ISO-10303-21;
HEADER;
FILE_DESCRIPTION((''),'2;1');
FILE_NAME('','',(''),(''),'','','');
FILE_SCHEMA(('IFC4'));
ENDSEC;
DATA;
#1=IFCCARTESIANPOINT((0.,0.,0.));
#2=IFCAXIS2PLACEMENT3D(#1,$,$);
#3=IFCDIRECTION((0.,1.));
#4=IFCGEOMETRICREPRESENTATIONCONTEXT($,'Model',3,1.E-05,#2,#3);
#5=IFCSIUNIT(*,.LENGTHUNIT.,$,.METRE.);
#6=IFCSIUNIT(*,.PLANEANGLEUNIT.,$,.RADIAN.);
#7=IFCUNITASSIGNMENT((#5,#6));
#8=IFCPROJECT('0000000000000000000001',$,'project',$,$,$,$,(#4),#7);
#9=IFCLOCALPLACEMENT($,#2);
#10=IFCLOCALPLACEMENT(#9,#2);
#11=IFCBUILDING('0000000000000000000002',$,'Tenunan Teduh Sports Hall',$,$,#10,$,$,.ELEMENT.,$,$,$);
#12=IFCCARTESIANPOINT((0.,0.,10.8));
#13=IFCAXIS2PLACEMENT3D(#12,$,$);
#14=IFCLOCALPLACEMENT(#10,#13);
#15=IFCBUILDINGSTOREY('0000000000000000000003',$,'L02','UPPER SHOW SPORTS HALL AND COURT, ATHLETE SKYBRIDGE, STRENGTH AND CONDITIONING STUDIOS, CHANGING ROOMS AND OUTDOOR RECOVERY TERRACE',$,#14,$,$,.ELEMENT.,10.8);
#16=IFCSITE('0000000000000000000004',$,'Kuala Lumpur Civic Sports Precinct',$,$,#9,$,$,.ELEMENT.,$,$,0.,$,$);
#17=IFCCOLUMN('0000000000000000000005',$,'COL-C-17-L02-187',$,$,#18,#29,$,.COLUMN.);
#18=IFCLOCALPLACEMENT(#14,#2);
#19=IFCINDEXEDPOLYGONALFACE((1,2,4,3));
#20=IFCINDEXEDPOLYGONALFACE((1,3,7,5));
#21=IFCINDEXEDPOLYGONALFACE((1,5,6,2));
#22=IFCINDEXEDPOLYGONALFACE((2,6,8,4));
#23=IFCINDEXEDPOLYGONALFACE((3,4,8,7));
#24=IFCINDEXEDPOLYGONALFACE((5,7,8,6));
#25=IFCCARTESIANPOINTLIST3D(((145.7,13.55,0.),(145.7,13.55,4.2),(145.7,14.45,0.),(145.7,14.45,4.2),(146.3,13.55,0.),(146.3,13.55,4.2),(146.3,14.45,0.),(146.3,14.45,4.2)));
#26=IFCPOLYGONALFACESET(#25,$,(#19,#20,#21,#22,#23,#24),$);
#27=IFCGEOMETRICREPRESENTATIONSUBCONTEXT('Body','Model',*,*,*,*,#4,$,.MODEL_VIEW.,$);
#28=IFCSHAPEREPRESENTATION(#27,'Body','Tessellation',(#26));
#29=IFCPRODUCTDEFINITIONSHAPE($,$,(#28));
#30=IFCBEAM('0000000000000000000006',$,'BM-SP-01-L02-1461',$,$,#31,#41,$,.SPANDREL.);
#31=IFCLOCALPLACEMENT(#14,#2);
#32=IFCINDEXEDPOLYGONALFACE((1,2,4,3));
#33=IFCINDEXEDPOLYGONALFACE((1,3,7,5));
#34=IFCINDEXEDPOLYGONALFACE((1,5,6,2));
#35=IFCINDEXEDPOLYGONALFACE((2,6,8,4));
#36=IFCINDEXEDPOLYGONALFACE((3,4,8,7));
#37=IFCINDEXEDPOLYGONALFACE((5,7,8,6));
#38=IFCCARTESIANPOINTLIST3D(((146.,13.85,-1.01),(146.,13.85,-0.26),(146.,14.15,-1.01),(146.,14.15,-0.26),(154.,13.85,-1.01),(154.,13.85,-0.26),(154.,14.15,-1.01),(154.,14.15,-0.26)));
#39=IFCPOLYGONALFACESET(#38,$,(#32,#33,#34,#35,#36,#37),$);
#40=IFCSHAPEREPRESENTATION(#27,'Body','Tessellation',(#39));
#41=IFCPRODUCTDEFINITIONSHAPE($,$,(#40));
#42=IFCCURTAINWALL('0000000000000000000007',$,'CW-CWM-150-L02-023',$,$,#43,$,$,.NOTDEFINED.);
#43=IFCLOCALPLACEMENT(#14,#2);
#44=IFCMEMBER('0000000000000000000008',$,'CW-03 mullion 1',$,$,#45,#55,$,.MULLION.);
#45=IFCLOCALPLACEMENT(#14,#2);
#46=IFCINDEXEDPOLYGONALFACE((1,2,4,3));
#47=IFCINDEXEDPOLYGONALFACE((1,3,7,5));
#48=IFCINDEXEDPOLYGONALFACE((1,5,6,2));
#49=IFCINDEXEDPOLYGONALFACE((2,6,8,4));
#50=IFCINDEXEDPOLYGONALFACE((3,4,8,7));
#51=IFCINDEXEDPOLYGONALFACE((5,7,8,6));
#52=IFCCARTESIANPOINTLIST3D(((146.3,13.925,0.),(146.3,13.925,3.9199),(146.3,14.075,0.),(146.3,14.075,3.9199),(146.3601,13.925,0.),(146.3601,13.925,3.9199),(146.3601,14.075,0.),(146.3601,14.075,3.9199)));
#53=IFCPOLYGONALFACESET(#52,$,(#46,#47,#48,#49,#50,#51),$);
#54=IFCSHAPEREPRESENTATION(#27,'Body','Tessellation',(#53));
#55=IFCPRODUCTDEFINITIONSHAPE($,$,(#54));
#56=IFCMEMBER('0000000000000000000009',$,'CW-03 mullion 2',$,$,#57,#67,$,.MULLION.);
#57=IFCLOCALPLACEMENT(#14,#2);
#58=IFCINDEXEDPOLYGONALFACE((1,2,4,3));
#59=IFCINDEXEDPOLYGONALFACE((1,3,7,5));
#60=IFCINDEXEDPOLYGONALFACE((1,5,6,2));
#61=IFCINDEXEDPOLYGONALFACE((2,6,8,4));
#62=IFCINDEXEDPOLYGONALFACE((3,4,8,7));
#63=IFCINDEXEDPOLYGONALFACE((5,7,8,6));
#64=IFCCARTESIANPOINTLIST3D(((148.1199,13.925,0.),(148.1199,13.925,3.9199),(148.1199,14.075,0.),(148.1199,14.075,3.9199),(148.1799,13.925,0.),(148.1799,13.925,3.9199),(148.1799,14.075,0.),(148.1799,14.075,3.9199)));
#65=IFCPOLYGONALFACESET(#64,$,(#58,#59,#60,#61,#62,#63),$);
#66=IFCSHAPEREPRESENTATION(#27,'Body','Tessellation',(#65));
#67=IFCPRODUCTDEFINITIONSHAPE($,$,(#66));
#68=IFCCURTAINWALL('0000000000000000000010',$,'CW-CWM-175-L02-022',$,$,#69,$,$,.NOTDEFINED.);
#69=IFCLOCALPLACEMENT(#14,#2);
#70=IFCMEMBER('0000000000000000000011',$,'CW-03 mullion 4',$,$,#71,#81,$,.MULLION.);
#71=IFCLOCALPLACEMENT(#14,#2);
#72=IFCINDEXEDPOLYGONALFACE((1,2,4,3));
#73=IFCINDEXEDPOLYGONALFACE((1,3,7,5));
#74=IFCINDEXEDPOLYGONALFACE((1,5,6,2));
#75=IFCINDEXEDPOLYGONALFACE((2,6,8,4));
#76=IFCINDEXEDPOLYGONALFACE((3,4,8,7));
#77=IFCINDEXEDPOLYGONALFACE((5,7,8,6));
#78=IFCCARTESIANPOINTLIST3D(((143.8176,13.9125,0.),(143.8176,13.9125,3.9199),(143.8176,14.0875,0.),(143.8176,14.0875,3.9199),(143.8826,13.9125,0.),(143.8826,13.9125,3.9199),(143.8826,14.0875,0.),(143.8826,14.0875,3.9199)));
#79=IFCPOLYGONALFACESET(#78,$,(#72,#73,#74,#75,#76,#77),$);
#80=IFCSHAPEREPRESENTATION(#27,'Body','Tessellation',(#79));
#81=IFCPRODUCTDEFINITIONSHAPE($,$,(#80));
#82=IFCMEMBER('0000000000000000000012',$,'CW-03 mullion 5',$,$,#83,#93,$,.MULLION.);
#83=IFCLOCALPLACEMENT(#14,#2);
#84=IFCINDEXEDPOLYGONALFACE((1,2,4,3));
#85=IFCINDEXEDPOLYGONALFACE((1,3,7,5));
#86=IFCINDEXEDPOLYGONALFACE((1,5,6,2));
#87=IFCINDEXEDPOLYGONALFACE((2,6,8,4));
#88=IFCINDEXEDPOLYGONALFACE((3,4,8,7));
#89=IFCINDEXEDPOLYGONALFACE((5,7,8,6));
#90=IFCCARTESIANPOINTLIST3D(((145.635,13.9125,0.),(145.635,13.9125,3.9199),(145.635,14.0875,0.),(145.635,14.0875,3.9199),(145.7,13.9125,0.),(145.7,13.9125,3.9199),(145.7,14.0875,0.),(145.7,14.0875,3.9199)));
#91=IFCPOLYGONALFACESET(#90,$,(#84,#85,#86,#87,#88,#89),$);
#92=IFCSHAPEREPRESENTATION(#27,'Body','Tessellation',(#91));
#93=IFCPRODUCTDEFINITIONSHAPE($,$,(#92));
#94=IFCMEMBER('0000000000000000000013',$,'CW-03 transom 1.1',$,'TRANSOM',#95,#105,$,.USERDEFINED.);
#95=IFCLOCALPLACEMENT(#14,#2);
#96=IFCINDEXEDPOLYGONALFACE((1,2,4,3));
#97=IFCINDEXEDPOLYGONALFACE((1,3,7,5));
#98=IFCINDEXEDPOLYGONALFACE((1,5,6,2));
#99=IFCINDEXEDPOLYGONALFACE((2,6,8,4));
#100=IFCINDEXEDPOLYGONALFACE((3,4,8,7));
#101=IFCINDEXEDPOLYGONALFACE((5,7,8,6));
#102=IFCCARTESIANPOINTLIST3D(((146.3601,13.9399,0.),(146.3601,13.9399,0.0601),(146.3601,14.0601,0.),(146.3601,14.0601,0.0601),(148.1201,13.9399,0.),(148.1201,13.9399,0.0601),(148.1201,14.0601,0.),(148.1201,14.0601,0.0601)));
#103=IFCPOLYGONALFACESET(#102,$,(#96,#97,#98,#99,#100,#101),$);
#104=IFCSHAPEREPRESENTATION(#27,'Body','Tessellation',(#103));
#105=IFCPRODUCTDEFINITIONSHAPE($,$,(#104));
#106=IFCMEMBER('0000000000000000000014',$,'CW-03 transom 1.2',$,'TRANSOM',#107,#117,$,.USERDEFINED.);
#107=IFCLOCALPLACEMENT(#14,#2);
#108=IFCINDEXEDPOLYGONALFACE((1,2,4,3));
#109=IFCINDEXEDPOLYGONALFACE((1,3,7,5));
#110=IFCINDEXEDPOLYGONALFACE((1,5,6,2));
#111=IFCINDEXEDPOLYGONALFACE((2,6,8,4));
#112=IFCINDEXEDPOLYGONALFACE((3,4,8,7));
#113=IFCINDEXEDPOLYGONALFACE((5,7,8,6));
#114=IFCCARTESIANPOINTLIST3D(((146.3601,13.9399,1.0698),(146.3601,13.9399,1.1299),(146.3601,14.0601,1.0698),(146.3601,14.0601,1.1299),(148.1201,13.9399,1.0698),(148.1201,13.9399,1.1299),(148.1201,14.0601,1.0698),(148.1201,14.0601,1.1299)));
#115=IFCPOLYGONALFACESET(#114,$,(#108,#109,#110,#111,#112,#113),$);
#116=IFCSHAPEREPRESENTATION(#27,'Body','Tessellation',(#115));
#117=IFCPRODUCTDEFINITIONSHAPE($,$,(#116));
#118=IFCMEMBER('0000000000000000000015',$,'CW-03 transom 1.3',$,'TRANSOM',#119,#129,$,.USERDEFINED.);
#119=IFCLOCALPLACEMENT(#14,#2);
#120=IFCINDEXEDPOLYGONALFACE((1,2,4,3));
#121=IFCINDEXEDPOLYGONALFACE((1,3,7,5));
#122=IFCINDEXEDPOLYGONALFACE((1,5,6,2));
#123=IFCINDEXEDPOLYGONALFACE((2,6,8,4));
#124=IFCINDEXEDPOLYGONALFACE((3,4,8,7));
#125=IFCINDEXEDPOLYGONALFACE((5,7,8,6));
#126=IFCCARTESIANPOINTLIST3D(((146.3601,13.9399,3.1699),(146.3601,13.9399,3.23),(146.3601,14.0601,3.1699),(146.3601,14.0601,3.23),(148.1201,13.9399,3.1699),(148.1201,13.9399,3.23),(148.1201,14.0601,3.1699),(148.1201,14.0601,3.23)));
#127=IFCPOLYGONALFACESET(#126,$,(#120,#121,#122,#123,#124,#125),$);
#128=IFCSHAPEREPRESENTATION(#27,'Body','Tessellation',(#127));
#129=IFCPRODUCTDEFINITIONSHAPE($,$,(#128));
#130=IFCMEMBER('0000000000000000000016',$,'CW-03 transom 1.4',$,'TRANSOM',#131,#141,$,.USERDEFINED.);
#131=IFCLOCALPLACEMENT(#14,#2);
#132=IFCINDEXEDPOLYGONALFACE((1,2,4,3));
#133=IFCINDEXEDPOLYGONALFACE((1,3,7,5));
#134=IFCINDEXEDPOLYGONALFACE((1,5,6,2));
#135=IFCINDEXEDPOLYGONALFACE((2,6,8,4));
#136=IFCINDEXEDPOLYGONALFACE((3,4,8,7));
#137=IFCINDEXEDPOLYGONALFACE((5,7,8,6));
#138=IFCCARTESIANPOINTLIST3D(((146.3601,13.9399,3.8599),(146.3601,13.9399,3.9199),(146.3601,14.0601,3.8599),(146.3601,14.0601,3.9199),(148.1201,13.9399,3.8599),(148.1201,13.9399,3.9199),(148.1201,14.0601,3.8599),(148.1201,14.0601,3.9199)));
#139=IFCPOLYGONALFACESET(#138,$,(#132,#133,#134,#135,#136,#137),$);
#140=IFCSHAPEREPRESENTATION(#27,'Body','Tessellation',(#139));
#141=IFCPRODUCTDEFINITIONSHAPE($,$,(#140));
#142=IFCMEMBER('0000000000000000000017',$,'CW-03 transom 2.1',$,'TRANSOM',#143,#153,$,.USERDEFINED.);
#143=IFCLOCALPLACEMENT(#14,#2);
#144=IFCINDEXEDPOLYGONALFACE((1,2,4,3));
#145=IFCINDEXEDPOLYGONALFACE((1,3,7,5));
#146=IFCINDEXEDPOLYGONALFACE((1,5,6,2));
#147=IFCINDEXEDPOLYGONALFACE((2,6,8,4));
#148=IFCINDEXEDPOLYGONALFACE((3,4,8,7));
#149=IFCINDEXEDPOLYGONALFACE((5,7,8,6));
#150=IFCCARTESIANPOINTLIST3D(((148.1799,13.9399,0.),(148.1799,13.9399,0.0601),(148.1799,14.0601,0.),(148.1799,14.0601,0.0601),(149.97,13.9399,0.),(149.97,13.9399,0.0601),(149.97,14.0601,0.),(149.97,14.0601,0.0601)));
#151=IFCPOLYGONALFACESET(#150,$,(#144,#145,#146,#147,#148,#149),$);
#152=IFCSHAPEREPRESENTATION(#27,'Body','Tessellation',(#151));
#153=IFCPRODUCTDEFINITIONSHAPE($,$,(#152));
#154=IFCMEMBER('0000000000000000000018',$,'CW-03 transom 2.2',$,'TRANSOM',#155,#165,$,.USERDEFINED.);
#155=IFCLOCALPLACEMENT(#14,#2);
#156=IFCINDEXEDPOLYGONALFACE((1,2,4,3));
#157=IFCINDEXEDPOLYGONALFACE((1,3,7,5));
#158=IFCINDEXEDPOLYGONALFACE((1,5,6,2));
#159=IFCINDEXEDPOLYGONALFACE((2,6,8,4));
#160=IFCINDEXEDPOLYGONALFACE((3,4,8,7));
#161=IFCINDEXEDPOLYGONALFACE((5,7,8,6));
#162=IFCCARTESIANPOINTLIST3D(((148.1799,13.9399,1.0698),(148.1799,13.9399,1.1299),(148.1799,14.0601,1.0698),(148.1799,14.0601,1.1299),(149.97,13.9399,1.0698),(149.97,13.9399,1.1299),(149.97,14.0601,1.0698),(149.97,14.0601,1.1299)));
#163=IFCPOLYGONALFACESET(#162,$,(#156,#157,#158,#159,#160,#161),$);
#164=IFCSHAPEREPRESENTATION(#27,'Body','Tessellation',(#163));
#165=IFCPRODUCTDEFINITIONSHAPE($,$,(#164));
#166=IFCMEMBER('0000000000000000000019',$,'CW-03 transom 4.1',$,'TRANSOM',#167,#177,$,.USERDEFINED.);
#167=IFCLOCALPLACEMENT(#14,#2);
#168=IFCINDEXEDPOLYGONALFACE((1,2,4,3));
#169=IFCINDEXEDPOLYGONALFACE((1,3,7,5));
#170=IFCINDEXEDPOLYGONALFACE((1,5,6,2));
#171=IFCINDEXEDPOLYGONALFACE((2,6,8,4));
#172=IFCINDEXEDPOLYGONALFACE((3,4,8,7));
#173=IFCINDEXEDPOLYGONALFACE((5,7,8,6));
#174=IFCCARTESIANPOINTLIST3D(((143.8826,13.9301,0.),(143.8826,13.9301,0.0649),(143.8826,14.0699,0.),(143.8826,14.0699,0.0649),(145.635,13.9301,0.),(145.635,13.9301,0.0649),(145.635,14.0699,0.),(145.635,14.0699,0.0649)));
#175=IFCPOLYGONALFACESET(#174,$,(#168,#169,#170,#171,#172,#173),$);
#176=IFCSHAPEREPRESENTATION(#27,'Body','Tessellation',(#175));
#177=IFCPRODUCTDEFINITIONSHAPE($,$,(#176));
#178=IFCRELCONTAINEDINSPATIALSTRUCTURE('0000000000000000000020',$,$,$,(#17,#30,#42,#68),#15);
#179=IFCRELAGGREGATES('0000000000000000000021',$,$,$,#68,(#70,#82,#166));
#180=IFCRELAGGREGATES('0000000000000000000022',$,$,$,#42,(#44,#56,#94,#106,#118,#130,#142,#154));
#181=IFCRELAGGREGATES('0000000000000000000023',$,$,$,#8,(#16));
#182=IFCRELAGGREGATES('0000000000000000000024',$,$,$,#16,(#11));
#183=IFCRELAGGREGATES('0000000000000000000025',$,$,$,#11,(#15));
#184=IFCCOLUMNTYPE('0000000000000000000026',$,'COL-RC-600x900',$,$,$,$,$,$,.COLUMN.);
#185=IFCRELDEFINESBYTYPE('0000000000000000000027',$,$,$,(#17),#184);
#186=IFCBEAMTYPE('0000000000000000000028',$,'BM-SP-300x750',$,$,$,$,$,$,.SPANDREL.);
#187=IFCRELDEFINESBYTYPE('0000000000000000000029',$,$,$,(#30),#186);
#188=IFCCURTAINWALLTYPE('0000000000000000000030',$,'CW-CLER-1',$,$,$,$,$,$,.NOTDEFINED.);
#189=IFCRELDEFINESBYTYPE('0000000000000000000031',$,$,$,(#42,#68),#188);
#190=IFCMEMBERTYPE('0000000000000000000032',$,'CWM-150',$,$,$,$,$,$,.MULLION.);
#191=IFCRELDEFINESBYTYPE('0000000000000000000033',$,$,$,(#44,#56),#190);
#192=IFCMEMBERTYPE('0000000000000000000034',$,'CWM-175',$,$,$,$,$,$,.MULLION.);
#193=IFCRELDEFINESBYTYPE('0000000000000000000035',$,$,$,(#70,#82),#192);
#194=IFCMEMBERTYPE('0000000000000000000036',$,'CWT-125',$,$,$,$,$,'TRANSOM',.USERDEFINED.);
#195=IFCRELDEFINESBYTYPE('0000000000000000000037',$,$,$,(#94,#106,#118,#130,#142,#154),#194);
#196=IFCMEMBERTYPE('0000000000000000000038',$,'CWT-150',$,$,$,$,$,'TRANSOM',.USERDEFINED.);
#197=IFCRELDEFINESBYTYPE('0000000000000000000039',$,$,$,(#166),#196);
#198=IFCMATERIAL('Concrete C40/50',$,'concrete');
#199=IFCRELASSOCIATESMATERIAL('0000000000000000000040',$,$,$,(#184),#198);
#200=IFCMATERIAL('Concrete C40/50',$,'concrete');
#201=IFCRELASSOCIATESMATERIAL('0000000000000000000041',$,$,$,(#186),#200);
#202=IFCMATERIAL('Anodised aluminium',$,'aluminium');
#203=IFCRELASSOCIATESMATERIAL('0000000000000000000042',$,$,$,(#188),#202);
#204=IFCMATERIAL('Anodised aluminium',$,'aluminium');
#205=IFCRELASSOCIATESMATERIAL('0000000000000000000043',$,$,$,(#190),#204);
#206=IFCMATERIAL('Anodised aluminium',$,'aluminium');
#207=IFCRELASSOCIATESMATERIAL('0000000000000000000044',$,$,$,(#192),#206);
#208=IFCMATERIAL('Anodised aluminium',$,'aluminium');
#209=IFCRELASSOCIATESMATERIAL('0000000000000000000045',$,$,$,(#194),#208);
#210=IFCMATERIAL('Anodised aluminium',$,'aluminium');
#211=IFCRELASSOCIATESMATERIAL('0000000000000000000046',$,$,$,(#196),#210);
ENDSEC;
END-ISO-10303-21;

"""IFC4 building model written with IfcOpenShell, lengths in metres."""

from ifc_helpers import new_model, si_unit, direction, frame, origin, origin_2d, place, context, subcontext, project, spatial, rectangle, extrude, material, material_profile, profile_set, type_object, element, aggregate, save


model = new_model("IFC4")

# Units and contexts
model_context = context("Model", 3, precision=1e-05, world=origin(), true_north=direction((0.0, 1.0)))
body_context = subcontext(model_context, "Body", "Model", "MODEL_VIEW")
ifc_project = project(units=[si_unit("LENGTHUNIT", "METRE"), si_unit("PLANEANGLEUNIT", "RADIAN")], contexts=[model_context])

# Site, building, storey
site_placement = place(None, origin())
site = spatial("IfcSite", under=ifc_project, at=site_placement, Name="Kuala Lumpur Civic Sports Precinct", CompositionType="ELEMENT", RefElevation=0.0)
building_placement = place(site_placement, origin())
building = spatial("IfcBuilding", under=site, at=building_placement, Name="Tenunan Teduh Sports Hall", CompositionType="ELEMENT")
storey_placement = place(building_placement, frame((0.0, 0.0, 10.8)))
storey = spatial("IfcBuildingStorey", under=building, at=storey_placement, Name="L02", Description="UPPER SHOW SPORTS HALL AND COURT, ATHLETE SKYBRIDGE, STRENGTH AND CONDITIONING STUDIOS, CHANGING ROOMS AND OUTDOOR RECOVERY TERRACE", CompositionType="ELEMENT", Elevation=10.8)

# Column
ifc_material_1 = material(Name="Concrete C40/50", Category="concrete")
ifc_material_profile_1 = material_profile(ifc_material_1, rectangle(XDim=0.6001, YDim=0.8999, at=origin_2d()), Name="RC 600x900")
ifc_profile_set_1 = profile_set([ifc_material_profile_1], Name="Concrete C40/50")
column_type = type_object("IfcColumnType", Name="COL-RC-600x900", PredefinedType="COLUMN", material=ifc_profile_set_1)
column_placement = place(storey_placement, frame((146.0, 14.0, 0.0), z_axis=(0.0, 0.0, 1.0), x_axis=(1.0, 0.0, 0.0)))
element("IfcColumn", 1, at=column_placement, inside=storey, type_object=column_type, Name="COL-C-17-L02-187", PredefinedType="COLUMN", context=body_context, shape_type="SweptSolid", body=[
    extrude(rectangle(XDim=0.6001, YDim=0.8999, at=origin_2d()), origin(), (0.0, 0.0, 1.0), 4.2),
])

# Beam
ifc_material_2 = material(Name="Concrete C40/50", Category="concrete")
ifc_material_profile_2 = material_profile(ifc_material_2, rectangle(XDim=0.3, YDim=0.75, at=origin_2d()), Name="SPB 300x750")
ifc_profile_set_2 = profile_set([ifc_material_profile_2], Name="Concrete C40/50")
beam_type = type_object("IfcBeamType", Name="BM-SP-300x750", PredefinedType="SPANDREL", material=ifc_profile_set_2)
beam_placement = place(storey_placement, frame((146.0, 14.0, -0.635), z_axis=(1.0, 0.0, 0.0), x_axis=(0.0, 1.0, 0.0)))
element("IfcBeam", 2, at=beam_placement, inside=storey, type_object=beam_type, Name="BM-SP-01-L02-1461", PredefinedType="SPANDREL", context=body_context, shape_type="SweptSolid", body=[
    extrude(rectangle(XDim=0.3, YDim=0.75, at=origin_2d()), origin(), (0.0, 0.0, 1.0), 8.0),
])

# Curtain walls, members
ifc_material_3 = material(Name="Anodised aluminium", Category="aluminium")
curtain_wall_type = type_object("IfcCurtainWallType", Name="CW-CLER-1", PredefinedType="NOTDEFINED", material=ifc_material_3)
curtain_wall_1_placement = place(storey_placement, origin())
curtain_wall_1 = element("IfcCurtainWall", 3, at=curtain_wall_1_placement, inside=storey, type_object=curtain_wall_type, Name="CW-CWM-150-L02-023", PredefinedType="NOTDEFINED")
ifc_material_4 = material(Name="Anodised aluminium", Category="aluminium")
ifc_material_profile_3 = material_profile(ifc_material_4, rectangle(XDim=0.0601, YDim=0.1499, at=origin_2d()), Name="CWM 60x150")
ifc_profile_set_3 = profile_set([ifc_material_profile_3], Name="Anodised aluminium")
member_type_1 = type_object("IfcMemberType", Name="CWM-150", PredefinedType="MULLION", material=ifc_profile_set_3)
member_1_placement = place(storey_placement, frame((146.3301, 14.0, 0.0), z_axis=(0.0, 0.0, 1.0), x_axis=(1.0, 0.0, 0.0)))
member_1 = element("IfcMember", 4, at=member_1_placement, type_object=member_type_1, Name="CW-03 mullion 1", PredefinedType="MULLION", context=body_context, shape_type="SweptSolid", body=[
    extrude(rectangle(XDim=0.0601, YDim=0.1499, at=origin_2d()), origin(), (0.0, 0.0, 1.0), 3.9199),
])
member_2_placement = place(storey_placement, frame((148.1499, 14.0, 0.0), z_axis=(0.0, 0.0, 1.0), x_axis=(1.0, 0.0, 0.0)))
member_2 = element("IfcMember", 5, at=member_2_placement, type_object=member_type_1, Name="CW-03 mullion 2", PredefinedType="MULLION", context=body_context, shape_type="SweptSolid", body=[
    extrude(rectangle(XDim=0.0601, YDim=0.1499, at=origin_2d()), origin(), (0.0, 0.0, 1.0), 3.9199),
])
curtain_wall_2_placement = place(storey_placement, origin())
curtain_wall_2 = element("IfcCurtainWall", 6, at=curtain_wall_2_placement, inside=storey, type_object=curtain_wall_type, Name="CW-CWM-175-L02-022", PredefinedType="NOTDEFINED")
ifc_material_5 = material(Name="Anodised aluminium", Category="aluminium")
ifc_material_profile_4 = material_profile(ifc_material_5, rectangle(XDim=0.0649, YDim=0.175, at=origin_2d()), Name="CWM 65x175")
ifc_profile_set_4 = profile_set([ifc_material_profile_4], Name="Anodised aluminium")
member_type_2 = type_object("IfcMemberType", Name="CWM-175", PredefinedType="MULLION", material=ifc_profile_set_4)
member_3_placement = place(storey_placement, frame((143.8501, 14.0, 0.0), z_axis=(0.0, 0.0, 1.0), x_axis=(1.0, 0.0, 0.0)))
member_3 = element("IfcMember", 7, at=member_3_placement, type_object=member_type_2, Name="CW-03 mullion 4", PredefinedType="MULLION", context=body_context, shape_type="SweptSolid", body=[
    extrude(rectangle(XDim=0.0649, YDim=0.175, at=origin_2d()), origin(), (0.0, 0.0, 1.0), 3.9199),
])
member_4_placement = place(storey_placement, frame((145.6675, 14.0, 0.0), z_axis=(0.0, 0.0, 1.0), x_axis=(1.0, 0.0, 0.0)))
member_4 = element("IfcMember", 8, at=member_4_placement, type_object=member_type_2, Name="CW-03 mullion 5", PredefinedType="MULLION", context=body_context, shape_type="SweptSolid", body=[
    extrude(rectangle(XDim=0.0649, YDim=0.175, at=origin_2d()), origin(), (0.0, 0.0, 1.0), 3.9199),
])

# Members
ifc_material_6 = material(Name="Anodised aluminium", Category="aluminium")
ifc_material_profile_5 = material_profile(ifc_material_6, rectangle(XDim=0.0601, YDim=0.1201, at=origin_2d()), Name="CWT 60x120")
ifc_profile_set_5 = profile_set([ifc_material_profile_5], Name="Anodised aluminium")
member_type_3 = type_object("IfcMemberType", Name="CWT-125", ElementType="TRANSOM", PredefinedType="USERDEFINED", material=ifc_profile_set_5)
member_5_placement = place(storey_placement, frame((146.3601, 14.0, 0.03), z_axis=(1.0, 0.0, 0.0), x_axis=(0.0, 0.0, 1.0)))
member_5 = element("IfcMember", 9, at=member_5_placement, type_object=member_type_3, Name="CW-03 transom 1.1", ObjectType="TRANSOM", PredefinedType="USERDEFINED", context=body_context, shape_type="SweptSolid", body=[
    extrude(rectangle(XDim=0.0601, YDim=0.1201, at=origin_2d()), origin(), (0.0, 0.0, 1.0), 1.76),
])
member_6_placement = place(storey_placement, frame((146.3601, 14.0, 1.0999), z_axis=(1.0, 0.0, 0.0), x_axis=(0.0, 0.0, 1.0)))
member_6 = element("IfcMember", 10, at=member_6_placement, type_object=member_type_3, Name="CW-03 transom 1.2", ObjectType="TRANSOM", PredefinedType="USERDEFINED", context=body_context, shape_type="SweptSolid", body=[
    extrude(rectangle(XDim=0.0601, YDim=0.1201, at=origin_2d()), origin(), (0.0, 0.0, 1.0), 1.76),
])
member_7_placement = place(storey_placement, frame((146.3601, 14.0, 3.2), z_axis=(1.0, 0.0, 0.0), x_axis=(0.0, 0.0, 1.0)))
member_7 = element("IfcMember", 11, at=member_7_placement, type_object=member_type_3, Name="CW-03 transom 1.3", ObjectType="TRANSOM", PredefinedType="USERDEFINED", context=body_context, shape_type="SweptSolid", body=[
    extrude(rectangle(XDim=0.0601, YDim=0.1201, at=origin_2d()), origin(), (0.0, 0.0, 1.0), 1.76),
])
member_8_placement = place(storey_placement, frame((146.3601, 14.0, 3.8899), z_axis=(1.0, 0.0, 0.0), x_axis=(0.0, 0.0, 1.0)))
member_8 = element("IfcMember", 12, at=member_8_placement, type_object=member_type_3, Name="CW-03 transom 1.4", ObjectType="TRANSOM", PredefinedType="USERDEFINED", context=body_context, shape_type="SweptSolid", body=[
    extrude(rectangle(XDim=0.0601, YDim=0.1201, at=origin_2d()), origin(), (0.0, 0.0, 1.0), 1.76),
])
member_9_placement = place(storey_placement, frame((148.1799, 14.0, 0.03), z_axis=(1.0, 0.0, 0.0), x_axis=(0.0, 0.0, 1.0)))
member_9 = element("IfcMember", 13, at=member_9_placement, type_object=member_type_3, Name="CW-03 transom 2.1", ObjectType="TRANSOM", PredefinedType="USERDEFINED", context=body_context, shape_type="SweptSolid", body=[
    extrude(rectangle(XDim=0.0601, YDim=0.1201, at=origin_2d()), origin(), (0.0, 0.0, 1.0), 1.79),
])
member_10_placement = place(storey_placement, frame((148.1799, 14.0, 1.0999), z_axis=(1.0, 0.0, 0.0), x_axis=(0.0, 0.0, 1.0)))
member_10 = element("IfcMember", 14, at=member_10_placement, type_object=member_type_3, Name="CW-03 transom 2.2", ObjectType="TRANSOM", PredefinedType="USERDEFINED", context=body_context, shape_type="SweptSolid", body=[
    extrude(rectangle(XDim=0.0601, YDim=0.1201, at=origin_2d()), origin(), (0.0, 0.0, 1.0), 1.79),
])
ifc_material_7 = material(Name="Anodised aluminium", Category="aluminium")
ifc_material_profile_6 = material_profile(ifc_material_7, rectangle(XDim=0.0649, YDim=0.1399, at=origin_2d()), Name="CWT 65x140")
ifc_profile_set_6 = profile_set([ifc_material_profile_6], Name="Anodised aluminium")
member_type_4 = type_object("IfcMemberType", Name="CWT-150", ElementType="TRANSOM", PredefinedType="USERDEFINED", material=ifc_profile_set_6)
member_11_placement = place(storey_placement, frame((143.8826, 14.0, 0.0325), z_axis=(1.0, 0.0, 0.0), x_axis=(0.0, 0.0, 1.0)))
member_11 = element("IfcMember", 15, at=member_11_placement, type_object=member_type_4, Name="CW-03 transom 4.1", ObjectType="TRANSOM", PredefinedType="USERDEFINED", context=body_context, shape_type="SweptSolid", body=[
    extrude(rectangle(XDim=0.0649, YDim=0.1399, at=origin_2d()), origin(), (0.0, 0.0, 1.0), 1.7524),
])

aggregate(curtain_wall_2, [member_3, member_4, member_11])
aggregate(curtain_wall_1, [member_1, member_2, member_5, member_6, member_7, member_8, member_9, member_10])

save(model, "model.ifc")
